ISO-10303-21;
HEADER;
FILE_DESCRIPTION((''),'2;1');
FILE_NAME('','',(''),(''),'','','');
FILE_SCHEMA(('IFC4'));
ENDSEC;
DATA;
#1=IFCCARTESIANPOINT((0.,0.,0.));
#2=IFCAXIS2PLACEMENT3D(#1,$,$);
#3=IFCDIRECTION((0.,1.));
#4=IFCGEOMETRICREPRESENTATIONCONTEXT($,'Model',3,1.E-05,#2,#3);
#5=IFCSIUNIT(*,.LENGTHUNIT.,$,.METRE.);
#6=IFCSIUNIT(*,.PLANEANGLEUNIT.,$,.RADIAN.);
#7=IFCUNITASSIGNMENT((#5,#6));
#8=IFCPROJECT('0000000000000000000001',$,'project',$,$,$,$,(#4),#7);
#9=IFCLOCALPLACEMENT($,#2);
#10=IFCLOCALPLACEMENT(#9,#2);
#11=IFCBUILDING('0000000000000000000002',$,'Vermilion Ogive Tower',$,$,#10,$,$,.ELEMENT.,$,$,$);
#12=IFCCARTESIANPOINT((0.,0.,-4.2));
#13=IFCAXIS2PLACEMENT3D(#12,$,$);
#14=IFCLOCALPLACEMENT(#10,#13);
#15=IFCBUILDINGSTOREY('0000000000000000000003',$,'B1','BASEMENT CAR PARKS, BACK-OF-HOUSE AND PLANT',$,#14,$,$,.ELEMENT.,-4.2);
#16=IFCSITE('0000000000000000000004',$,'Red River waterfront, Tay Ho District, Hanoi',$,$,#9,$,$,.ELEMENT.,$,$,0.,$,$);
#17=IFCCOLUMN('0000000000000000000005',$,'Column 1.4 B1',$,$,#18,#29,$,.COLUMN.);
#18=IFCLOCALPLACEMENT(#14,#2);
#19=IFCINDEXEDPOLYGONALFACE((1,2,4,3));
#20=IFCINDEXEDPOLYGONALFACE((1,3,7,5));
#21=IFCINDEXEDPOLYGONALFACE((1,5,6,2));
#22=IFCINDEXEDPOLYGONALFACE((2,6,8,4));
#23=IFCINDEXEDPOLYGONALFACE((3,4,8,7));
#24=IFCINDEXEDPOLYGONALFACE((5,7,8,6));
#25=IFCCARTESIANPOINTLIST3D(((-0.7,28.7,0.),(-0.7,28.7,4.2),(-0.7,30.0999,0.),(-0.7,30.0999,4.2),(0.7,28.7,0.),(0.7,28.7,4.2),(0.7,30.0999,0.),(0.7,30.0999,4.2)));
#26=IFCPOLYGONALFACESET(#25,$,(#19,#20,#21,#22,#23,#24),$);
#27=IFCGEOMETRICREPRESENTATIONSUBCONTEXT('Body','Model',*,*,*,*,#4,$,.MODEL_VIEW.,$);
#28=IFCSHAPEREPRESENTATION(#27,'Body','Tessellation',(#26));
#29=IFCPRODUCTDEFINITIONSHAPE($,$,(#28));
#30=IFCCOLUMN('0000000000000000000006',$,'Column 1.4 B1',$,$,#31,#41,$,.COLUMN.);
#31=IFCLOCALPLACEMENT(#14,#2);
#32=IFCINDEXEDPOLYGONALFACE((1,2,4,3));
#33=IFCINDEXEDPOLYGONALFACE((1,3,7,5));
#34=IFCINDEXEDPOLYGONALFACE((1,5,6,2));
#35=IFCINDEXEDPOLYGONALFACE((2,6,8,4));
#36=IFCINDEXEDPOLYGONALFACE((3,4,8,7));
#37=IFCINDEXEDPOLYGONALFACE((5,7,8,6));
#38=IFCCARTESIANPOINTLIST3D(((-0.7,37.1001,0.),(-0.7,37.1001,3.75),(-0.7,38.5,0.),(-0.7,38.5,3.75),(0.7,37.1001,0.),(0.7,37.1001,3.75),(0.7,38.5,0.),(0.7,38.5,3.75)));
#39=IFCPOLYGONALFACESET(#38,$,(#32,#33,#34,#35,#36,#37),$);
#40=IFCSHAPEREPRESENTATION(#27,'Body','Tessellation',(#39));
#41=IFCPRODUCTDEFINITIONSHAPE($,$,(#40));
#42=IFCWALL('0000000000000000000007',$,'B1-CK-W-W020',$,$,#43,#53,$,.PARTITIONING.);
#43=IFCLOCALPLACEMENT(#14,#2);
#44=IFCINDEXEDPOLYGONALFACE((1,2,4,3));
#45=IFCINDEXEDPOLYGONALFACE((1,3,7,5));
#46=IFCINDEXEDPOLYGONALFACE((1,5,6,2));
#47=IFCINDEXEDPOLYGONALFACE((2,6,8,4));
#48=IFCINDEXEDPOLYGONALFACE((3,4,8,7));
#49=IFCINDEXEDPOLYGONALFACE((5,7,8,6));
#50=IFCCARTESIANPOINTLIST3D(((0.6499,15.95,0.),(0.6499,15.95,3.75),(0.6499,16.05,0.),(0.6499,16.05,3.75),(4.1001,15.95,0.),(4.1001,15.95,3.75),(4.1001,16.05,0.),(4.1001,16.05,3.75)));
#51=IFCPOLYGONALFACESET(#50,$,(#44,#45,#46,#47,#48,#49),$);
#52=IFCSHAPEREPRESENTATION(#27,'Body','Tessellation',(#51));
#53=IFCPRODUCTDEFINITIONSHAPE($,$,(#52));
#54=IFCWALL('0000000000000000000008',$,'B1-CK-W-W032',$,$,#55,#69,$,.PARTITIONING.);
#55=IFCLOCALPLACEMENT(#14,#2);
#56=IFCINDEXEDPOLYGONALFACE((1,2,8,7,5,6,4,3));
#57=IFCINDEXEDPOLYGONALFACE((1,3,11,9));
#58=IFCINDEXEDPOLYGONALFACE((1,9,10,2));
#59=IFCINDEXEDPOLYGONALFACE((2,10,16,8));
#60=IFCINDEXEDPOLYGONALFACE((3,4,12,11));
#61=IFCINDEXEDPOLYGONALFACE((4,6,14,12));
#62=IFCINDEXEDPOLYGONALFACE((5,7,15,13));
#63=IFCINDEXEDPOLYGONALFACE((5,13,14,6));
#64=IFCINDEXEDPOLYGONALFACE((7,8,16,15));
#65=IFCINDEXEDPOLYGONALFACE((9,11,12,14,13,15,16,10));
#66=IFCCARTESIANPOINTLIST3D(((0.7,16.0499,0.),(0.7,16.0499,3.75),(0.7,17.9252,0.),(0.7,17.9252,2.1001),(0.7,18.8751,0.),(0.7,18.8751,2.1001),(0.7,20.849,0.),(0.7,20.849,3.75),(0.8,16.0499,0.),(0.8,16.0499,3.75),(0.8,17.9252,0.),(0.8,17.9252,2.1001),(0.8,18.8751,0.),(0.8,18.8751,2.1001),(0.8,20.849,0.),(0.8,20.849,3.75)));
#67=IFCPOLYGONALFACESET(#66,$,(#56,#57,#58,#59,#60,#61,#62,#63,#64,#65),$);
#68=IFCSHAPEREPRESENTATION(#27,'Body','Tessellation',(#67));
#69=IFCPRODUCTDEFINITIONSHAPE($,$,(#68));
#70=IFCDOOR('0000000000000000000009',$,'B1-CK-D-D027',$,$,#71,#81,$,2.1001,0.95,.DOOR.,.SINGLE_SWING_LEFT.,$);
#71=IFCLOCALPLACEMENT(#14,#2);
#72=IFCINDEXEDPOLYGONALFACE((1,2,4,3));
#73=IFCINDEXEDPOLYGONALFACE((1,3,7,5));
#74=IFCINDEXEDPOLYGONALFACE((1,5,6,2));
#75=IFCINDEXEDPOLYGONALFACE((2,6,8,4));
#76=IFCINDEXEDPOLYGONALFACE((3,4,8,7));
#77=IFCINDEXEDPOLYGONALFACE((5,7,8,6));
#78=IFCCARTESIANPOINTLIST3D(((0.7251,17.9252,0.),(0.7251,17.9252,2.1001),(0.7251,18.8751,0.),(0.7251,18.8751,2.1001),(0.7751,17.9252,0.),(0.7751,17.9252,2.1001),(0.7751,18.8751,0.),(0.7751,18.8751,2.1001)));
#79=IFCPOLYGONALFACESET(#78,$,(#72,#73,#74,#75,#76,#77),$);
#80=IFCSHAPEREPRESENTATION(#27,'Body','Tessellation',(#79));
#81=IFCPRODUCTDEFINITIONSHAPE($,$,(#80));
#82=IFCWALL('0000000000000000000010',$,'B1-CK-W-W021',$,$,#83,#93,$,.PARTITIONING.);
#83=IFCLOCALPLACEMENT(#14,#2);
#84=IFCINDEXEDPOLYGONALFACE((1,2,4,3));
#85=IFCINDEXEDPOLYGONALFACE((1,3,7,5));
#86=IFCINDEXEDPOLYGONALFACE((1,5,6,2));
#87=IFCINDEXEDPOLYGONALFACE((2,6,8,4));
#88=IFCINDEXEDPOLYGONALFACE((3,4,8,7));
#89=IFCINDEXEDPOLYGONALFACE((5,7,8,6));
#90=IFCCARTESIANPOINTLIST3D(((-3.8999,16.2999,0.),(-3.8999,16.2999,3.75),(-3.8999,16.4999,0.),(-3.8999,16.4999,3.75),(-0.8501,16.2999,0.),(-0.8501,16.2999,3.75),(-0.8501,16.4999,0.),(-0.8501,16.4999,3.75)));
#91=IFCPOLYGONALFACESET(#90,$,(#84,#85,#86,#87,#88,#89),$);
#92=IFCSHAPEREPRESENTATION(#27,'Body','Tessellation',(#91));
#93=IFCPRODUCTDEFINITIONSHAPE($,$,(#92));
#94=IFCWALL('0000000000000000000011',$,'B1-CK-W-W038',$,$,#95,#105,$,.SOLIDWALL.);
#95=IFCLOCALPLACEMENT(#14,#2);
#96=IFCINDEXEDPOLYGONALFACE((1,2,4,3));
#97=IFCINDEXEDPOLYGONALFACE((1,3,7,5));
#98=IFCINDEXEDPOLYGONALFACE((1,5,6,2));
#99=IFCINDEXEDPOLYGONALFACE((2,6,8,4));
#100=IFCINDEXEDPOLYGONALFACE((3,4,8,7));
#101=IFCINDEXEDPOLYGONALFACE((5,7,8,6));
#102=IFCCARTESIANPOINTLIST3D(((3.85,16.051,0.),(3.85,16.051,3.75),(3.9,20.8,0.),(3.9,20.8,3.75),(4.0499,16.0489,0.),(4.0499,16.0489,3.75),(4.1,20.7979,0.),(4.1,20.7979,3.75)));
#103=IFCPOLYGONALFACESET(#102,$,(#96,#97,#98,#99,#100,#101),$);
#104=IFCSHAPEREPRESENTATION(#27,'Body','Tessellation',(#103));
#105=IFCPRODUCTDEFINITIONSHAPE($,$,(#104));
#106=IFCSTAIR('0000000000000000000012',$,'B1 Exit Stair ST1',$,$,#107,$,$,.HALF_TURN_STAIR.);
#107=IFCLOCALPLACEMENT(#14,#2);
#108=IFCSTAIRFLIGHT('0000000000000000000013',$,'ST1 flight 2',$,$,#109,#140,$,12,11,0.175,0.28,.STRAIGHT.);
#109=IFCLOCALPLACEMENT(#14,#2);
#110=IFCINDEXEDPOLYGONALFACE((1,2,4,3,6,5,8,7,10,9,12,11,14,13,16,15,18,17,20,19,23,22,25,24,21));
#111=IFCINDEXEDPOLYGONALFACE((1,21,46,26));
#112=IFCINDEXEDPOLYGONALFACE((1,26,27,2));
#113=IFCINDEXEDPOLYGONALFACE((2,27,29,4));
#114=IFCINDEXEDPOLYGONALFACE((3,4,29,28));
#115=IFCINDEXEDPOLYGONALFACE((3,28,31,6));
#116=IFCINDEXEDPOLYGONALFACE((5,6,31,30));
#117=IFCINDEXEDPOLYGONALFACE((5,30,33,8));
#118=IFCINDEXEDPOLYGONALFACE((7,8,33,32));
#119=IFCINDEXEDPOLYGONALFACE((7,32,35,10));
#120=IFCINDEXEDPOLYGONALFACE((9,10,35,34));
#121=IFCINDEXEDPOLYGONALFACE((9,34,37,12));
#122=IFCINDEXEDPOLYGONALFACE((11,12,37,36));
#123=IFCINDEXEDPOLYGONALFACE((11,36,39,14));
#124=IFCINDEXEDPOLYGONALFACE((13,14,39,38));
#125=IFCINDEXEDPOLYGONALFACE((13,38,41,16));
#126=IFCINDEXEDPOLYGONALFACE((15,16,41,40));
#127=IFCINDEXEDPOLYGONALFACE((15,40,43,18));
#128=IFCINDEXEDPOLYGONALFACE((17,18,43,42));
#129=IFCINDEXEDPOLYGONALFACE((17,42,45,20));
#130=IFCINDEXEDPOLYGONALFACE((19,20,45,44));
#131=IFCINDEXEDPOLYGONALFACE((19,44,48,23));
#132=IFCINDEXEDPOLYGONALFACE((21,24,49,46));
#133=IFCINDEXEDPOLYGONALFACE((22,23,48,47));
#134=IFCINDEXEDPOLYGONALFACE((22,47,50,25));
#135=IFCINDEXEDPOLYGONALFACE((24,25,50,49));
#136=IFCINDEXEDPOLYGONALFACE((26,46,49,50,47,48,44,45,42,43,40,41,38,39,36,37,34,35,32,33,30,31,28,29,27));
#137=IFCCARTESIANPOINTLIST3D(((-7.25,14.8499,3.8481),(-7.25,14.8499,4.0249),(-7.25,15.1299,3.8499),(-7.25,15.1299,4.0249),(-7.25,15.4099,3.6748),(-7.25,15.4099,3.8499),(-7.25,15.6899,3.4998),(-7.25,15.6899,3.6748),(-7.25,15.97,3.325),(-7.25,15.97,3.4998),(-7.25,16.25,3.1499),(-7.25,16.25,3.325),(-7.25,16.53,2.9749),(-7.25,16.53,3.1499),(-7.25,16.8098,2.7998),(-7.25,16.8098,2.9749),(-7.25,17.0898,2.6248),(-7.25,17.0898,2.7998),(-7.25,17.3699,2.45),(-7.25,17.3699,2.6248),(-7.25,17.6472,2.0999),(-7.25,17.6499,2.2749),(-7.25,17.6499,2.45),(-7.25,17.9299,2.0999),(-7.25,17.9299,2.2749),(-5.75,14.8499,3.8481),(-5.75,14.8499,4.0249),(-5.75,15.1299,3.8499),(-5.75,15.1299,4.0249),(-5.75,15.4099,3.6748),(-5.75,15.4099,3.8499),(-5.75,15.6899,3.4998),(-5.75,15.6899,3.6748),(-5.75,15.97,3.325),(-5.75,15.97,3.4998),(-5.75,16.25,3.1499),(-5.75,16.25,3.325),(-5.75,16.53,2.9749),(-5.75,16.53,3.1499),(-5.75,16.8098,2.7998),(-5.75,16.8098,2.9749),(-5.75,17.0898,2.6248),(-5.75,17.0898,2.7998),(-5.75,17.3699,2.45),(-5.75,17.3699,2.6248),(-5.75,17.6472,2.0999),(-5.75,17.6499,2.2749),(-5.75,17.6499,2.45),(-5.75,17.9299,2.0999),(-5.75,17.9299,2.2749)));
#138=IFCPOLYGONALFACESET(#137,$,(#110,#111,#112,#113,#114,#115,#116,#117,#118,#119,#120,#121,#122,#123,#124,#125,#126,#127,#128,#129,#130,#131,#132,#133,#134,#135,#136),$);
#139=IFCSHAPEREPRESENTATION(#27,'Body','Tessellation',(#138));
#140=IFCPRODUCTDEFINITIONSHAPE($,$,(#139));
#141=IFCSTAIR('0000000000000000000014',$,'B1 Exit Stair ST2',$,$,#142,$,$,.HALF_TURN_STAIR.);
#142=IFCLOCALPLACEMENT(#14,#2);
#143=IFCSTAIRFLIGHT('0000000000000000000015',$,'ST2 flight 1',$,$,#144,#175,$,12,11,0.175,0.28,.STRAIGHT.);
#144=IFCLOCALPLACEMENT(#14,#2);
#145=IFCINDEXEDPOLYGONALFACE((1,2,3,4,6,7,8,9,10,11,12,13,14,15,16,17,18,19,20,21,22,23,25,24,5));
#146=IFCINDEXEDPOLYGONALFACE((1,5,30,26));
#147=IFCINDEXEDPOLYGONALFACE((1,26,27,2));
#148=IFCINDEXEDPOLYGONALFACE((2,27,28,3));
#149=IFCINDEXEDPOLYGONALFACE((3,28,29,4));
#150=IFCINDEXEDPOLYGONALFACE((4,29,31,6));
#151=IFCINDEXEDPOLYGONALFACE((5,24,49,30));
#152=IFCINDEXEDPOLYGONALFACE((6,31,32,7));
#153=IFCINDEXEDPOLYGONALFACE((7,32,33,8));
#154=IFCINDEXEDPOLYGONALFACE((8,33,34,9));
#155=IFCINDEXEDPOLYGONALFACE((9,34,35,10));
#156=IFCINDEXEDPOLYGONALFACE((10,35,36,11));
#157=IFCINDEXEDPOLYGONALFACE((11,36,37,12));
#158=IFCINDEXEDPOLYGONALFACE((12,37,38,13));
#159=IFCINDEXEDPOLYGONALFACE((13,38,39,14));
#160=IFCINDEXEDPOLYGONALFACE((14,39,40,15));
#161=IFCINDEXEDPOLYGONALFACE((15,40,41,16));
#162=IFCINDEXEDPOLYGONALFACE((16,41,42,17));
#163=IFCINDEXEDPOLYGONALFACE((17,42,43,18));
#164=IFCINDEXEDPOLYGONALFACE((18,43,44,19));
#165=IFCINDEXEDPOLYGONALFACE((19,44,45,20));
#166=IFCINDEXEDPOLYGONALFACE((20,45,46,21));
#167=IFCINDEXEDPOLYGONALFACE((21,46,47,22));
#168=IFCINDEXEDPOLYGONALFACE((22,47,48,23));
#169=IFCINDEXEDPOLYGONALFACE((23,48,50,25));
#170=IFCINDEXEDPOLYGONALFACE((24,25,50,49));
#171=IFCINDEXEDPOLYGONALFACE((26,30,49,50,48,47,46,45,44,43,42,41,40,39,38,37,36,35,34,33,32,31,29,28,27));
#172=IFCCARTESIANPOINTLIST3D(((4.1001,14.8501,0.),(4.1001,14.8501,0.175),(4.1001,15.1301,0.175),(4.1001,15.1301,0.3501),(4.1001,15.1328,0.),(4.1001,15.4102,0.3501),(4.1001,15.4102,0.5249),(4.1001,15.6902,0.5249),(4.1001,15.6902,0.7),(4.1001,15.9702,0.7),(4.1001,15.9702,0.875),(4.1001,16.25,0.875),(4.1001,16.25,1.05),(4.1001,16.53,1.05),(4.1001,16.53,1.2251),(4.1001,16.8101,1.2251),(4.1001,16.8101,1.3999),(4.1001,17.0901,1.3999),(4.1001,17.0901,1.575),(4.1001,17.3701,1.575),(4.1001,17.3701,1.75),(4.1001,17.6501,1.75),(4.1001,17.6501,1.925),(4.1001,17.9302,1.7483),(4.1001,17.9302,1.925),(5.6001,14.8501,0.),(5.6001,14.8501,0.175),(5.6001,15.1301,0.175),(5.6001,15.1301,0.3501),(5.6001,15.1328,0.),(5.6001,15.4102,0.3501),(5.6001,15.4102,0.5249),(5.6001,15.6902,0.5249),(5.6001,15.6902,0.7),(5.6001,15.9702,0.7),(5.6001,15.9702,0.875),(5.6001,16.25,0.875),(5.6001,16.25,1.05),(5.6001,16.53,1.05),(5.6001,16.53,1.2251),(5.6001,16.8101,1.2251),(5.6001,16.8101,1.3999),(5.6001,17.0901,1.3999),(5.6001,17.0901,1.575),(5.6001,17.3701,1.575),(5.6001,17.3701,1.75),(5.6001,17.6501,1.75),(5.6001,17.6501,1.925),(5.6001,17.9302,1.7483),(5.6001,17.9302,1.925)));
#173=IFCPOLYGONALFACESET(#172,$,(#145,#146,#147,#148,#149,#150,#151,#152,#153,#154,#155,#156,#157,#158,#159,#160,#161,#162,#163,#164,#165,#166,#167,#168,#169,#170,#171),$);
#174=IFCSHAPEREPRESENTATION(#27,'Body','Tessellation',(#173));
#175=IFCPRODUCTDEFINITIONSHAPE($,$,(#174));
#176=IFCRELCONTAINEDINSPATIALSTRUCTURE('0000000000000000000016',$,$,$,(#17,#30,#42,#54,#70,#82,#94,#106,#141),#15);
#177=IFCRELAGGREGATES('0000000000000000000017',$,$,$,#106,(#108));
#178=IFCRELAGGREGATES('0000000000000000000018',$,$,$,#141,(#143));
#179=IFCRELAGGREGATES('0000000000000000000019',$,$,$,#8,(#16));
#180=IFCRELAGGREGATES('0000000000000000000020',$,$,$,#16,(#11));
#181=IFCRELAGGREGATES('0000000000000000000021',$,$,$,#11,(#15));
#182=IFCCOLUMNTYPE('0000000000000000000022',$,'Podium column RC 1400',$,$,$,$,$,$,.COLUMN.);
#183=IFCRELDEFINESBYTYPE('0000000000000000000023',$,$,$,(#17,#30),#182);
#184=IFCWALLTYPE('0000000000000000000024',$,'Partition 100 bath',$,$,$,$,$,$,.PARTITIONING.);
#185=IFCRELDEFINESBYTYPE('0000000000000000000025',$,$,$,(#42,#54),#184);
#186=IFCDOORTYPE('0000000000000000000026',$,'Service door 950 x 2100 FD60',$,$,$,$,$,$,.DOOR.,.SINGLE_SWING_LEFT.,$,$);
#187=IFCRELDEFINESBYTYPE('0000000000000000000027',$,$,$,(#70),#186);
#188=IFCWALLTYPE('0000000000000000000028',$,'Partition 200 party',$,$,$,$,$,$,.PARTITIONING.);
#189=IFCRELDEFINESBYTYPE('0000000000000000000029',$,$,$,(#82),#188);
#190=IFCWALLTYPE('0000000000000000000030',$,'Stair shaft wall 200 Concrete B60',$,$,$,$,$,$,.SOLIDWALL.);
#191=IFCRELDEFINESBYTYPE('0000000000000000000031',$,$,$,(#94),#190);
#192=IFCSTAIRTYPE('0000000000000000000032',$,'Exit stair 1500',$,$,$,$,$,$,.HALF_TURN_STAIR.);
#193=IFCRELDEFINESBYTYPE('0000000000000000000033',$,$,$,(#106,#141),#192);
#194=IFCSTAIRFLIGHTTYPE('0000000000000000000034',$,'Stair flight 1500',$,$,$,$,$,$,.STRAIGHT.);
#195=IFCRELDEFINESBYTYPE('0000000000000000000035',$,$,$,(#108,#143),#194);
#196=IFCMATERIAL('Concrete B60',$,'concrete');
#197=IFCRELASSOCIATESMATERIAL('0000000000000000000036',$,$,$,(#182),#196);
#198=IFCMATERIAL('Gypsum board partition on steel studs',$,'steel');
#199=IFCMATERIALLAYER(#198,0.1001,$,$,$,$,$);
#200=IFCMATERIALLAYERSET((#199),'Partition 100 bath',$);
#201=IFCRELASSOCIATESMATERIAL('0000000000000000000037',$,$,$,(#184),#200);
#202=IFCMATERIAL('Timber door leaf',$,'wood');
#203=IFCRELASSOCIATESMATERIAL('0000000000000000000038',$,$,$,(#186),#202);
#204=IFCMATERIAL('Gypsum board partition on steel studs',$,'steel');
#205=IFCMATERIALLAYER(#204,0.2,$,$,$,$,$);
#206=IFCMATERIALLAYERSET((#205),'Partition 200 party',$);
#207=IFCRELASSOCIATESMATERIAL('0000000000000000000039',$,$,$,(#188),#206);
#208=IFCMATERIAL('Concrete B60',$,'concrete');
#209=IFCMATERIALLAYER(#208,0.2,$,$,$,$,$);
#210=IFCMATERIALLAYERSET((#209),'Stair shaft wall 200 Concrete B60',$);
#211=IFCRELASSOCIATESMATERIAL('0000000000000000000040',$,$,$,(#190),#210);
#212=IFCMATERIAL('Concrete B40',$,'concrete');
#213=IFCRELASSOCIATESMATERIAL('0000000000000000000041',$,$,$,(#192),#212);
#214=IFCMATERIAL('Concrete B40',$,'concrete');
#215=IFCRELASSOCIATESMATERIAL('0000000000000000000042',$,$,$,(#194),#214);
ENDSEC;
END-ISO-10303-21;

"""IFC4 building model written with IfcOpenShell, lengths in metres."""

from ifc_helpers import new_model, si_unit, direction, frame, frame_2d, origin, origin_2d, place, context, subcontext, project, spatial, polyline, rectangle, outline, extrude, material, layer, layer_set, material_profile, profile_set, type_object, element, fill, aggregate, save


model = new_model("IFC4")

# Units and contexts
model_context = context("Model", 3, precision=1e-05, world=origin(), true_north=direction((0.0, 1.0)))
body_context = subcontext(model_context, "Body", "Model", "MODEL_VIEW")
ifc_project = project(units=[si_unit("LENGTHUNIT", "METRE"), si_unit("PLANEANGLEUNIT", "RADIAN")], contexts=[model_context])

# Site, building, storey
site_placement = place(None, origin())
site = spatial("IfcSite", under=ifc_project, at=site_placement, Name="Red River waterfront, Tay Ho District, Hanoi", CompositionType="ELEMENT", RefElevation=0.0)
building_placement = place(site_placement, origin())
building = spatial("IfcBuilding", under=site, at=building_placement, Name="Vermilion Ogive Tower", CompositionType="ELEMENT")
storey_placement = place(building_placement, frame((0.0, 0.0, -4.2)))
storey = spatial("IfcBuildingStorey", under=building, at=storey_placement, Name="B1", Description="BASEMENT CAR PARKS, BACK-OF-HOUSE AND PLANT", CompositionType="ELEMENT", Elevation=-4.2)

# Columns
ifc_material_1 = material(Name="Concrete B60", Category="concrete")
ifc_material_profile = material_profile(ifc_material_1, rectangle(XDim=1.3999, YDim=1.3999, at=origin_2d()), Name="RC 1400x1400")
ifc_profile_set = profile_set([ifc_material_profile], Name="Concrete B60")
column_type = type_object("IfcColumnType", Name="Podium column RC 1400", PredefinedType="COLUMN", material=ifc_profile_set)
column_1_placement = place(storey_placement, frame((0.0, 29.3999, 0.0), z_axis=(0.0, 0.0, 1.0), x_axis=(1.0, 0.0, 0.0)))
element("IfcColumn", 1, at=column_1_placement, inside=storey, type_object=column_type, Name="Column 1.4 B1", PredefinedType="COLUMN", context=body_context, shape_type="SweptSolid", body=[
    extrude(rectangle(XDim=1.3999, YDim=1.3999, at=origin_2d()), origin(), (0.0, 0.0, 1.0), 4.2),
])
column_2_placement = place(storey_placement, frame((0.0, 37.8, 0.0), z_axis=(0.0, 0.0, 1.0), x_axis=(1.0, 0.0, 0.0)))
element("IfcColumn", 2, at=column_2_placement, inside=storey, type_object=column_type, Name="Column 1.4 B1", PredefinedType="COLUMN", context=body_context, shape_type="SweptSolid", body=[
    extrude(rectangle(XDim=1.3999, YDim=1.3999, at=origin_2d()), origin(), (0.0, 0.0, 1.0), 3.75),
])

# Wall
ifc_material_2 = material(Name="Gypsum board partition on steel studs", Category="steel")
ifc_layer_1 = layer(ifc_material_2, 0.1001)
ifc_layer_set_1 = layer_set([ifc_layer_1], Name="Partition 100 bath")
wall_type_1 = type_object("IfcWallType", Name="Partition 100 bath", PredefinedType="PARTITIONING", material=ifc_layer_set_1)
wall_1_placement = place(storey_placement, frame((0.6499, 16.0, 0.0), z_axis=(0.0, 0.0, 1.0), x_axis=(1.0, 0.0, 0.0)))
element("IfcWall", 3, at=wall_1_placement, inside=storey, type_object=wall_type_1, Name="B1-CK-W-W020", PredefinedType="PARTITIONING", context=body_context, shape_type="SweptSolid", body=[
    extrude(rectangle(XDim=3.4502, YDim=0.1001, at=frame_2d((1.7251, 0.0))), origin(), (0.0, 0.0, 1.0), 3.75),
])

# Wall, opening, door
wall_2_placement = place(storey_placement, frame((0.75, 16.05, 0.0), z_axis=(0.0, 0.0, 1.0), x_axis=(0.0, 1.0, 0.0)))
wall_2 = element("IfcWall", 4, at=wall_2_placement, inside=storey, type_object=wall_type_1, Name="B1-CK-W-W032", PredefinedType="PARTITIONING", context=body_context, shape_type="SweptSolid", body=[
    extrude(rectangle(XDim=4.7991, YDim=0.1001, at=frame_2d((2.3994, 0.0))), origin(), (0.0, 0.0, 1.0), 3.75),
])
opening_placement = place(wall_2_placement, frame((1.875, 0.0, 0.0)))
opening = element("IfcOpeningElement", 5, at=opening_placement, cuts=wall_2, PredefinedType="OPENING", context=body_context, shape_type="SweptSolid", body=[
    extrude(rectangle(XDim=0.95, YDim=2.1001, at=frame_2d((0.4751, 1.05))), frame((0.0, 0.0601, 0.0), z_axis=(0.0, -1.0, 0.0), x_axis=(1.0, 0.0, 0.0)), (0.0, 0.0, 1.0), 0.1201),
])
ifc_material_3 = material(Name="Timber door leaf", Category="wood")
door_type = type_object("IfcDoorType", Name="Service door 950 x 2100 FD60", OperationType="SINGLE_SWING_LEFT", PredefinedType="DOOR", material=ifc_material_3)
door_placement = place(opening_placement, origin())
door = element("IfcDoor", 6, at=door_placement, inside=storey, type_object=door_type, Name="B1-CK-D-D027", OperationType="SINGLE_SWING_LEFT", OverallHeight=2.1001, OverallWidth=0.95, PredefinedType="DOOR", context=body_context, shape_type="SweptSolid", body=[
    extrude(rectangle(XDim=0.95, YDim=2.1001, at=frame_2d((0.4751, 1.05))), frame((0.0, 0.0249, 0.0), z_axis=(0.0, -1.0, 0.0), x_axis=(1.0, 0.0, 0.0)), (0.0, 0.0, 1.0), 0.05),
])
fill(opening, door)

# Walls
ifc_material_4 = material(Name="Gypsum board partition on steel studs", Category="steel")
ifc_layer_2 = layer(ifc_material_4, 0.2)
ifc_layer_set_2 = layer_set([ifc_layer_2], Name="Partition 200 party")
wall_type_2 = type_object("IfcWallType", Name="Partition 200 party", PredefinedType="PARTITIONING", material=ifc_layer_set_2)
wall_3_placement = place(storey_placement, frame((-3.8999, 16.3999, 0.0), z_axis=(0.0, 0.0, 1.0), x_axis=(1.0, 0.0, 0.0)))
element("IfcWall", 7, at=wall_3_placement, inside=storey, type_object=wall_type_2, Name="B1-CK-W-W021", PredefinedType="PARTITIONING", context=body_context, shape_type="SweptSolid", body=[
    extrude(rectangle(XDim=3.0498, YDim=0.2, at=frame_2d((1.5249, 0.0))), origin(), (0.0, 0.0, 1.0), 3.75),
])
ifc_material_5 = material(Name="Concrete B60", Category="concrete")
ifc_layer_3 = layer(ifc_material_5, 0.2)
ifc_layer_set_3 = layer_set([ifc_layer_3], Name="Stair shaft wall 200 Concrete B60")
wall_type_3 = type_object("IfcWallType", Name="Stair shaft wall 200 Concrete B60", PredefinedType="SOLIDWALL", material=ifc_layer_set_3)
wall_4_placement = place(storey_placement, frame((3.95, 16.05, 0.0), z_axis=(0.0, 0.0, 1.0), x_axis=(0.010538, 0.999944, 0.0)))
element("IfcWall", 8, at=wall_4_placement, inside=storey, type_object=wall_type_3, Name="B1-CK-W-W038", PredefinedType="SOLIDWALL", context=body_context, shape_type="SweptSolid", body=[
    extrude(rectangle(XDim=4.7493, YDim=0.2, at=frame_2d((2.3745, 0.0))), origin(), (0.0, 0.0, 1.0), 3.75),
])

# Stairs, stair flights
ifc_material_6 = material(Name="Concrete B40", Category="concrete")
stair_type = type_object("IfcStairType", Name="Exit stair 1500", PredefinedType="HALF_TURN_STAIR", material=ifc_material_6)
stair_1_placement = place(storey_placement, origin())
stair_1 = element("IfcStair", 9, at=stair_1_placement, inside=storey, type_object=stair_type, Name="B1 Exit Stair ST1", PredefinedType="HALF_TURN_STAIR")
ifc_material_7 = material(Name="Concrete B40", Category="concrete")
stair_flight_type = type_object("IfcStairFlightType", Name="Stair flight 1500", PredefinedType="STRAIGHT", material=ifc_material_7)
stair_flight_1_placement = place(storey_placement, frame((-6.5, 17.9299, 2.0999), z_axis=(0.0, 0.0, 1.0), x_axis=(0.0, -1.0, 0.0)))
stair_flight_1 = element("IfcStairFlight", 10, at=stair_flight_1_placement, type_object=stair_flight_type, Name="ST1 flight 2", NumberOfRisers=12, NumberOfTreads=11, PredefinedType="STRAIGHT", RiserHeight=0.175, TreadLength=0.28, context=body_context, shape_type="SweptSolid", body=[
    extrude(outline(polyline([(0.0, 0.0), (0.0, 0.175), (0.28, 0.175), (0.28, 0.3501), (0.5601, 0.3501), (0.5601, 0.5249), (0.8401, 0.5249), (0.8401, 0.7), (1.1201, 0.7), (1.1201, 0.875), (1.3999, 0.875), (1.3999, 1.05), (1.6799, 1.05), (1.6799, 1.2251), (1.96, 1.2251), (1.96, 1.3999), (2.24, 1.3999), (2.24, 1.575), (2.52, 1.575), (2.52, 1.75), (2.8, 1.75), (2.8, 1.925), (3.0801, 1.925), (3.0801, 2.1001), (3.0801, 1.7483), (0.2827, 0.0), (0.0, 0.0)])), frame((0.0, 0.75, 0.0), z_axis=(0.0, -1.0, 0.0), x_axis=(1.0, 0.0, 0.0)), (0.0, 0.0, 1.0), 1.5),
])
aggregate(stair_1, [stair_flight_1])
stair_2_placement = place(storey_placement, origin())
stair_2 = element("IfcStair", 11, at=stair_2_placement, inside=storey, type_object=stair_type, Name="B1 Exit Stair ST2", PredefinedType="HALF_TURN_STAIR")
stair_flight_2_placement = place(storey_placement, frame((4.8501, 14.8501, 0.0), z_axis=(0.0, 0.0, 1.0), x_axis=(0.0, 1.0, 0.0)))
stair_flight_2 = element("IfcStairFlight", 12, at=stair_flight_2_placement, type_object=stair_flight_type, Name="ST2 flight 1", NumberOfRisers=12, NumberOfTreads=11, PredefinedType="STRAIGHT", RiserHeight=0.175, TreadLength=0.28, context=body_context, shape_type="SweptSolid", body=[
    extrude(outline(polyline([(0.0, 0.0), (0.0, 0.175), (0.28, 0.175), (0.28, 0.3501), (0.5601, 0.3501), (0.5601, 0.5249), (0.8401, 0.5249), (0.8401, 0.7), (1.1201, 0.7), (1.1201, 0.875), (1.3999, 0.875), (1.3999, 1.05), (1.6799, 1.05), (1.6799, 1.2251), (1.96, 1.2251), (1.96, 1.3999), (2.24, 1.3999), (2.24, 1.575), (2.52, 1.575), (2.52, 1.75), (2.8, 1.75), (2.8, 1.925), (3.0801, 1.925), (3.0801, 2.1001), (3.0801, 1.7483), (0.2827, 0.0), (0.0, 0.0)])), frame((0.0, 0.75, 0.0), z_axis=(0.0, -1.0, 0.0), x_axis=(1.0, 0.0, 0.0)), (0.0, 0.0, 1.0), 1.5),
])
aggregate(stair_2, [stair_flight_2])

save(model, "model.ifc")
